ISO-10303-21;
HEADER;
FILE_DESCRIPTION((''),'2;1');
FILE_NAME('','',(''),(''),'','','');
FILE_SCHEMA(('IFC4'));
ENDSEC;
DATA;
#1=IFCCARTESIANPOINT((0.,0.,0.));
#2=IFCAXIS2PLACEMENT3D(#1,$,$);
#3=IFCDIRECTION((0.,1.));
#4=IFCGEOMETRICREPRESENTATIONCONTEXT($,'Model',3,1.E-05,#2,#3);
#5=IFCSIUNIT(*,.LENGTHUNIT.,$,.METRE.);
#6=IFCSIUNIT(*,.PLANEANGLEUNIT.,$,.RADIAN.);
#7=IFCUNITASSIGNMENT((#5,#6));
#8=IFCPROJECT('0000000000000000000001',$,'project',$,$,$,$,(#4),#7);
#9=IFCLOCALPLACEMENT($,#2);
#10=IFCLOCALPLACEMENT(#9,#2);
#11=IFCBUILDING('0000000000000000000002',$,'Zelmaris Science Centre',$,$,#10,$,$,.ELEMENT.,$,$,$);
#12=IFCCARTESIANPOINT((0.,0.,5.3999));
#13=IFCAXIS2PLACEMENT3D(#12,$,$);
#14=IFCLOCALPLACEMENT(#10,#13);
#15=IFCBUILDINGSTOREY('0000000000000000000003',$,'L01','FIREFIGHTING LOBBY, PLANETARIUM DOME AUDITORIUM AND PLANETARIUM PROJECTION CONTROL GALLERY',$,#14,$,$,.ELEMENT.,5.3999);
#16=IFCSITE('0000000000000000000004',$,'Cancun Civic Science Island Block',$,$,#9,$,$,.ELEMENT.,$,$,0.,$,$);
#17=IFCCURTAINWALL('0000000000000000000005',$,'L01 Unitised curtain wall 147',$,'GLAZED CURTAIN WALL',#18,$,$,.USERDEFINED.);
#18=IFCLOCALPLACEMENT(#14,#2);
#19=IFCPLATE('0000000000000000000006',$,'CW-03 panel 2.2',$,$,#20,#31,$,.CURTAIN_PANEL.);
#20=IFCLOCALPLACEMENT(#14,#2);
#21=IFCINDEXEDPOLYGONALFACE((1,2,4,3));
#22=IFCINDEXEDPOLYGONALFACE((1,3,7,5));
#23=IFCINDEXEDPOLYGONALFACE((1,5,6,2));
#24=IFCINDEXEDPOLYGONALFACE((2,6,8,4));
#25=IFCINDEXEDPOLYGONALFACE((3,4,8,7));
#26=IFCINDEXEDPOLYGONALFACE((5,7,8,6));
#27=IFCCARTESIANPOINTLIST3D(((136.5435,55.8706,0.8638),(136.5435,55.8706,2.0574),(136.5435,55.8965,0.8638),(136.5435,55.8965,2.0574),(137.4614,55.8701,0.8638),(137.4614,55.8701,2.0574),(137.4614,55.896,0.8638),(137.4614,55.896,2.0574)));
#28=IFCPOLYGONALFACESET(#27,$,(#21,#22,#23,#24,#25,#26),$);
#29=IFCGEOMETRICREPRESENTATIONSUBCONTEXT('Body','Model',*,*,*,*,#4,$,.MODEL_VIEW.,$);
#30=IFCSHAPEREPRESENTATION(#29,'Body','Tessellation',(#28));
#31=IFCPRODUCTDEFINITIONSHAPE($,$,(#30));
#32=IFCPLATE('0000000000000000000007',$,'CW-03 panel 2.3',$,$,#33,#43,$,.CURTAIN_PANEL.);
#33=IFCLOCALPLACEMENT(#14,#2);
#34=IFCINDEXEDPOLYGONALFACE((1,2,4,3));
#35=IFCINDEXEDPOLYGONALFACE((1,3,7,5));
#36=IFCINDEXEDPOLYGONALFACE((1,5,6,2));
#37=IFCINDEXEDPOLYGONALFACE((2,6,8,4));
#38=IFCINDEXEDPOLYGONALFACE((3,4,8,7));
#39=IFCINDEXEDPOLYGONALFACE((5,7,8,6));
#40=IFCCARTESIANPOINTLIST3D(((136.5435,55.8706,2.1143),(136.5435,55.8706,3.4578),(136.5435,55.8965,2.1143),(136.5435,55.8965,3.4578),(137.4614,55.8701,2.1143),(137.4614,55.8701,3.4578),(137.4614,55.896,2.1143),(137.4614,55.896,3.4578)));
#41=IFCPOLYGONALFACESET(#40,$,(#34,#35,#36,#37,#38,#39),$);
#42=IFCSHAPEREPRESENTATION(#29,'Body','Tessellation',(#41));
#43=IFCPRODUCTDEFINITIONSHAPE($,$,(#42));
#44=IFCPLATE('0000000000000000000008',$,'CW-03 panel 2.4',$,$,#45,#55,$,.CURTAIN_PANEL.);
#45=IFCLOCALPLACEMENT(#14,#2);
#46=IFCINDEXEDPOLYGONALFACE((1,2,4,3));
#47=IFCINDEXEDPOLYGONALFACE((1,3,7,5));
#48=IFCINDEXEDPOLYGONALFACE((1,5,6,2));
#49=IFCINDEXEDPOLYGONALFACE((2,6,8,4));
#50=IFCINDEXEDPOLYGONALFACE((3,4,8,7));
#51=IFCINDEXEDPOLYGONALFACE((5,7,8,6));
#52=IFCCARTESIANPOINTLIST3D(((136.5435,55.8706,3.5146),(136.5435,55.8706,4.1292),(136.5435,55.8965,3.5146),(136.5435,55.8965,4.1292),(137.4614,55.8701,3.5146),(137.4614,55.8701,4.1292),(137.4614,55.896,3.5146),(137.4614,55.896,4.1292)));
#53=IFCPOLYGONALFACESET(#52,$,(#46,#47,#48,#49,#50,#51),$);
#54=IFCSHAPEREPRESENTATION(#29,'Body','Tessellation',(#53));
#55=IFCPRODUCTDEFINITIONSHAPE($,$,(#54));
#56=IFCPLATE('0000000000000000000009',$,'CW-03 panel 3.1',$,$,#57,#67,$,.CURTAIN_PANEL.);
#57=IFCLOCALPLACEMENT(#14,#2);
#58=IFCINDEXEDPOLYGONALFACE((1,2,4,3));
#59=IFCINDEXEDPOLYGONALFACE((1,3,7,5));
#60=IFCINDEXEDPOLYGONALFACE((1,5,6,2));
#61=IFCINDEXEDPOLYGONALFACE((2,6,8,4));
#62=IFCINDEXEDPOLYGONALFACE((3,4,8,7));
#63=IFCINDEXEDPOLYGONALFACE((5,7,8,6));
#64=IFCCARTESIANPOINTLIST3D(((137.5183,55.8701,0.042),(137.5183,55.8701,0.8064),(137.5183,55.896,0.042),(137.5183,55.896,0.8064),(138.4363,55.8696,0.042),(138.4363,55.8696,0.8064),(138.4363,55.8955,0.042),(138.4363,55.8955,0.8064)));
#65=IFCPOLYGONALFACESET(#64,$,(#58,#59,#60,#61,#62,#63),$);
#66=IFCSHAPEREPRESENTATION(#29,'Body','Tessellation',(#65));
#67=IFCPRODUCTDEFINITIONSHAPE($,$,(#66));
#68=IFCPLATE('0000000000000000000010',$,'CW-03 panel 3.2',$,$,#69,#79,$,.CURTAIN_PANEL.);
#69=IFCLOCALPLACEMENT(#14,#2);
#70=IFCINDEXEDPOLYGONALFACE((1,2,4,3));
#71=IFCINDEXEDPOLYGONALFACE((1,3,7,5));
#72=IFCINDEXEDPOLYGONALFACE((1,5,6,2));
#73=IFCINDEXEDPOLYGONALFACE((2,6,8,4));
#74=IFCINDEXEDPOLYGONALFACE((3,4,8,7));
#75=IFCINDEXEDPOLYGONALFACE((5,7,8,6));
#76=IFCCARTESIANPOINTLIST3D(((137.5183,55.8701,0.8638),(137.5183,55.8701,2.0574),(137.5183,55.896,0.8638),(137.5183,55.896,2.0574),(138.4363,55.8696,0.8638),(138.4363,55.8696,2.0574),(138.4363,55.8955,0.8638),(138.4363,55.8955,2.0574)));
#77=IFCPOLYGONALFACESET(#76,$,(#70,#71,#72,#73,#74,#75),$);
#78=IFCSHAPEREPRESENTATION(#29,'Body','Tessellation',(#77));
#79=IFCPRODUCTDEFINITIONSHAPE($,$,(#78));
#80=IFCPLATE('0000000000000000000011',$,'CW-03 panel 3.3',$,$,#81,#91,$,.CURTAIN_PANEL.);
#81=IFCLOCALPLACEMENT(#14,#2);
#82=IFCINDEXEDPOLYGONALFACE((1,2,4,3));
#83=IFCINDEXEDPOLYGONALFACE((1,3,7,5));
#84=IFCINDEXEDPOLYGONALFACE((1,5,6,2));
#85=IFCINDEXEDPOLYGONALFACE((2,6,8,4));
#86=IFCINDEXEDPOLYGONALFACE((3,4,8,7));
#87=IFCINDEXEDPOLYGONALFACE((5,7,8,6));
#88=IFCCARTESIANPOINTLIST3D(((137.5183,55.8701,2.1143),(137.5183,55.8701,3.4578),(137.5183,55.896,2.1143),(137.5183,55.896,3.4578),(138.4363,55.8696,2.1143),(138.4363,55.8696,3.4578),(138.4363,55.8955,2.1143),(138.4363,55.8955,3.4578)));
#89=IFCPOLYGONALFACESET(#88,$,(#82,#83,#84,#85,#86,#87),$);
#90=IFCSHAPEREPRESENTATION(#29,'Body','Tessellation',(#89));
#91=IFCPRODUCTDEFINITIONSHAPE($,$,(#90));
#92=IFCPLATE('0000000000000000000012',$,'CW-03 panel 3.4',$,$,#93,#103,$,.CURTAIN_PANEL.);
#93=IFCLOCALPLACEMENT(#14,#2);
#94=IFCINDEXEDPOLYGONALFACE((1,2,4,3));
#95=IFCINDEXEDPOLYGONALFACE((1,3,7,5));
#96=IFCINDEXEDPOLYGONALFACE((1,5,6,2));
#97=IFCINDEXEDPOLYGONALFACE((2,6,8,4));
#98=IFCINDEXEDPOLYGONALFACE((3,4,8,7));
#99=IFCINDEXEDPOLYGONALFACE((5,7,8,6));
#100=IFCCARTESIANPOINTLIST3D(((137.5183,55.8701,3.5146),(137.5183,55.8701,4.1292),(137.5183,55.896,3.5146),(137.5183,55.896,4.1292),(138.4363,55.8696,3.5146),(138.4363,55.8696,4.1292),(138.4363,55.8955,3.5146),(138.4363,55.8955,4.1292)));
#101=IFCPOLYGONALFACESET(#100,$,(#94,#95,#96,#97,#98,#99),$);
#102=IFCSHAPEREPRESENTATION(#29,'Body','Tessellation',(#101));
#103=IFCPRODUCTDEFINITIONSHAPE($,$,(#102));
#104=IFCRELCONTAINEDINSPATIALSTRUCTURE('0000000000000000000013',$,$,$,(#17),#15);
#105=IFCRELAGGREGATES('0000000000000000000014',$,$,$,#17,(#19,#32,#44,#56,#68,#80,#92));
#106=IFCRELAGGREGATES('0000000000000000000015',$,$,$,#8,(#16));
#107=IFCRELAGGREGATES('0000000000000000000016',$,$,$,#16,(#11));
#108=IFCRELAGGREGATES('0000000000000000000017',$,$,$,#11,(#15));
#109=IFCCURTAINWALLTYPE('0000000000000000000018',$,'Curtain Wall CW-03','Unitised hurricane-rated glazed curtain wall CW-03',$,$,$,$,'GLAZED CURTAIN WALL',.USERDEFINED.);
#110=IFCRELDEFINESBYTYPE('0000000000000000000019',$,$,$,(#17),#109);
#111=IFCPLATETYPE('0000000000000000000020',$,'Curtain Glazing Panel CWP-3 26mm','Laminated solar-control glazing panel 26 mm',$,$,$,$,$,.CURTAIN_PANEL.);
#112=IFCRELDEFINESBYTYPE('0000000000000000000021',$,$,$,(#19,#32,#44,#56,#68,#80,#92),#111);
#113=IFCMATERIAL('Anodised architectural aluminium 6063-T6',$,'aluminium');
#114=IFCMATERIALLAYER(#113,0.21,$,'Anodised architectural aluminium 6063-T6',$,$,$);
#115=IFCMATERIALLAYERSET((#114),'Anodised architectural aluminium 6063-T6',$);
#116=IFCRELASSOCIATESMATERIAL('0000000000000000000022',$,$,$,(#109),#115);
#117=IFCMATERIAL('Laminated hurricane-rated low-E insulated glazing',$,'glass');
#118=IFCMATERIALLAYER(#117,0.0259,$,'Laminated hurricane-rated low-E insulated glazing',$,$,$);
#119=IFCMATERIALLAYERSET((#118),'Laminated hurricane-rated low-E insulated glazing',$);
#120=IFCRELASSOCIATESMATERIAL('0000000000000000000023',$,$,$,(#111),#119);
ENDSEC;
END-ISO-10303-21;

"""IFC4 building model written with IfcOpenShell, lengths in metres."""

from ifc_helpers import new_model, si_unit, direction, frame, origin, origin_2d, place, context, subcontext, project, spatial, rectangle, extrude, material, layer, layer_set, type_object, element, aggregate, save


model = new_model("IFC4")

# Units and contexts
model_context = context("Model", 3, precision=1e-05, world=origin(), true_north=direction((0.0, 1.0)))
body_context = subcontext(model_context, "Body", "Model", "MODEL_VIEW")
ifc_project = project(units=[si_unit("LENGTHUNIT", "METRE"), si_unit("PLANEANGLEUNIT", "RADIAN")], contexts=[model_context])

# Site, building, storey
site_placement = place(None, origin())
site = spatial("IfcSite", under=ifc_project, at=site_placement, Name="Cancun Civic Science Island Block", CompositionType="ELEMENT", RefElevation=0.0)
building_placement = place(site_placement, origin())
building = spatial("IfcBuilding", under=site, at=building_placement, Name="Zelmaris Science Centre", CompositionType="ELEMENT")
storey_placement = place(building_placement, frame((0.0, 0.0, 5.3999)))
storey = spatial("IfcBuildingStorey", under=building, at=storey_placement, Name="L01", Description="FIREFIGHTING LOBBY, PLANETARIUM DOME AUDITORIUM AND PLANETARIUM PROJECTION CONTROL GALLERY", CompositionType="ELEMENT", Elevation=5.3999)

# Curtain wall
ifc_material_1 = material(Name="Anodised architectural aluminium 6063-T6", Category="aluminium")
ifc_layer_1 = layer(ifc_material_1, 0.21, Name="Anodised architectural aluminium 6063-T6")
ifc_layer_set_1 = layer_set([ifc_layer_1], Name="Anodised architectural aluminium 6063-T6")
curtain_wall_type = type_object("IfcCurtainWallType", Name="Curtain Wall CW-03", Description="Unitised hurricane-rated glazed curtain wall CW-03", ElementType="GLAZED CURTAIN WALL", PredefinedType="USERDEFINED", material=ifc_layer_set_1)
curtain_wall_placement = place(storey_placement, origin())
curtain_wall = element("IfcCurtainWall", 1, at=curtain_wall_placement, inside=storey, type_object=curtain_wall_type, Name="L01 Unitised curtain wall 147", ObjectType="GLAZED CURTAIN WALL", PredefinedType="USERDEFINED")

# Plates
ifc_material_2 = material(Name="Laminated hurricane-rated low-E insulated glazing", Category="glass")
ifc_layer_2 = layer(ifc_material_2, 0.0259, Name="Laminated hurricane-rated low-E insulated glazing")
ifc_layer_set_2 = layer_set([ifc_layer_2], Name="Laminated hurricane-rated low-E insulated glazing")
plate_type = type_object("IfcPlateType", Name="Curtain Glazing Panel CWP-3 26mm", Description="Laminated solar-control glazing panel 26 mm", PredefinedType="CURTAIN_PANEL", material=ifc_layer_set_2)
plate_1_placement = place(storey_placement, frame((137.0024, 55.8833, 0.8638), z_axis=(0.0, 0.0, 1.0), x_axis=(1.0, -0.000487, 0.0)))
plate_1 = element("IfcPlate", 2, at=plate_1_placement, type_object=plate_type, Name="CW-03 panel 2.2", PredefinedType="CURTAIN_PANEL", context=body_context, shape_type="SweptSolid", body=[
    extrude(rectangle(XDim=0.918, YDim=0.0259, at=origin_2d()), origin(), (0.0, 0.0, 1.0), 1.1936),
])
plate_2_placement = place(storey_placement, frame((137.0024, 55.8833, 2.1143), z_axis=(0.0, 0.0, 1.0), x_axis=(1.0, -0.000487, 0.0)))
plate_2 = element("IfcPlate", 3, at=plate_2_placement, type_object=plate_type, Name="CW-03 panel 2.3", PredefinedType="CURTAIN_PANEL", context=body_context, shape_type="SweptSolid", body=[
    extrude(rectangle(XDim=0.918, YDim=0.0259, at=origin_2d()), origin(), (0.0, 0.0, 1.0), 1.3435),
])
plate_3_placement = place(storey_placement, frame((137.0024, 55.8833, 3.5146), z_axis=(0.0, 0.0, 1.0), x_axis=(1.0, -0.000487, 0.0)))
plate_3 = element("IfcPlate", 4, at=plate_3_placement, type_object=plate_type, Name="CW-03 panel 2.4", PredefinedType="CURTAIN_PANEL", context=body_context, shape_type="SweptSolid", body=[
    extrude(rectangle(XDim=0.918, YDim=0.0259, at=origin_2d()), origin(), (0.0, 0.0, 1.0), 0.6145),
])
plate_4_placement = place(storey_placement, frame((137.9773, 55.8828, 0.042), z_axis=(0.0, 0.0, 1.0), x_axis=(1.0, -0.000487, 0.0)))
plate_4 = element("IfcPlate", 5, at=plate_4_placement, type_object=plate_type, Name="CW-03 panel 3.1", PredefinedType="CURTAIN_PANEL", context=body_context, shape_type="SweptSolid", body=[
    extrude(rectangle(XDim=0.918, YDim=0.0259, at=origin_2d()), origin(), (0.0, 0.0, 1.0), 0.7644),
])
plate_5_placement = place(storey_placement, frame((137.9773, 55.8828, 0.8638), z_axis=(0.0, 0.0, 1.0), x_axis=(1.0, -0.000487, 0.0)))
plate_5 = element("IfcPlate", 6, at=plate_5_placement, type_object=plate_type, Name="CW-03 panel 3.2", PredefinedType="CURTAIN_PANEL", context=body_context, shape_type="SweptSolid", body=[
    extrude(rectangle(XDim=0.918, YDim=0.0259, at=origin_2d()), origin(), (0.0, 0.0, 1.0), 1.1936),
])
plate_6_placement = place(storey_placement, frame((137.9773, 55.8828, 2.1143), z_axis=(0.0, 0.0, 1.0), x_axis=(1.0, -0.000487, 0.0)))
plate_6 = element("IfcPlate", 7, at=plate_6_placement, type_object=plate_type, Name="CW-03 panel 3.3", PredefinedType="CURTAIN_PANEL", context=body_context, shape_type="SweptSolid", body=[
    extrude(rectangle(XDim=0.918, YDim=0.0259, at=origin_2d()), origin(), (0.0, 0.0, 1.0), 1.3435),
])
plate_7_placement = place(storey_placement, frame((137.9773, 55.8828, 3.5146), z_axis=(0.0, 0.0, 1.0), x_axis=(1.0, -0.000487, 0.0)))
plate_7 = element("IfcPlate", 8, at=plate_7_placement, type_object=plate_type, Name="CW-03 panel 3.4", PredefinedType="CURTAIN_PANEL", context=body_context, shape_type="SweptSolid", body=[
    extrude(rectangle(XDim=0.918, YDim=0.0259, at=origin_2d()), origin(), (0.0, 0.0, 1.0), 0.6145),
])
aggregate(curtain_wall, [plate_1, plate_2, plate_3, plate_4, plate_5, plate_6, plate_7])

save(model, "model.ifc")
